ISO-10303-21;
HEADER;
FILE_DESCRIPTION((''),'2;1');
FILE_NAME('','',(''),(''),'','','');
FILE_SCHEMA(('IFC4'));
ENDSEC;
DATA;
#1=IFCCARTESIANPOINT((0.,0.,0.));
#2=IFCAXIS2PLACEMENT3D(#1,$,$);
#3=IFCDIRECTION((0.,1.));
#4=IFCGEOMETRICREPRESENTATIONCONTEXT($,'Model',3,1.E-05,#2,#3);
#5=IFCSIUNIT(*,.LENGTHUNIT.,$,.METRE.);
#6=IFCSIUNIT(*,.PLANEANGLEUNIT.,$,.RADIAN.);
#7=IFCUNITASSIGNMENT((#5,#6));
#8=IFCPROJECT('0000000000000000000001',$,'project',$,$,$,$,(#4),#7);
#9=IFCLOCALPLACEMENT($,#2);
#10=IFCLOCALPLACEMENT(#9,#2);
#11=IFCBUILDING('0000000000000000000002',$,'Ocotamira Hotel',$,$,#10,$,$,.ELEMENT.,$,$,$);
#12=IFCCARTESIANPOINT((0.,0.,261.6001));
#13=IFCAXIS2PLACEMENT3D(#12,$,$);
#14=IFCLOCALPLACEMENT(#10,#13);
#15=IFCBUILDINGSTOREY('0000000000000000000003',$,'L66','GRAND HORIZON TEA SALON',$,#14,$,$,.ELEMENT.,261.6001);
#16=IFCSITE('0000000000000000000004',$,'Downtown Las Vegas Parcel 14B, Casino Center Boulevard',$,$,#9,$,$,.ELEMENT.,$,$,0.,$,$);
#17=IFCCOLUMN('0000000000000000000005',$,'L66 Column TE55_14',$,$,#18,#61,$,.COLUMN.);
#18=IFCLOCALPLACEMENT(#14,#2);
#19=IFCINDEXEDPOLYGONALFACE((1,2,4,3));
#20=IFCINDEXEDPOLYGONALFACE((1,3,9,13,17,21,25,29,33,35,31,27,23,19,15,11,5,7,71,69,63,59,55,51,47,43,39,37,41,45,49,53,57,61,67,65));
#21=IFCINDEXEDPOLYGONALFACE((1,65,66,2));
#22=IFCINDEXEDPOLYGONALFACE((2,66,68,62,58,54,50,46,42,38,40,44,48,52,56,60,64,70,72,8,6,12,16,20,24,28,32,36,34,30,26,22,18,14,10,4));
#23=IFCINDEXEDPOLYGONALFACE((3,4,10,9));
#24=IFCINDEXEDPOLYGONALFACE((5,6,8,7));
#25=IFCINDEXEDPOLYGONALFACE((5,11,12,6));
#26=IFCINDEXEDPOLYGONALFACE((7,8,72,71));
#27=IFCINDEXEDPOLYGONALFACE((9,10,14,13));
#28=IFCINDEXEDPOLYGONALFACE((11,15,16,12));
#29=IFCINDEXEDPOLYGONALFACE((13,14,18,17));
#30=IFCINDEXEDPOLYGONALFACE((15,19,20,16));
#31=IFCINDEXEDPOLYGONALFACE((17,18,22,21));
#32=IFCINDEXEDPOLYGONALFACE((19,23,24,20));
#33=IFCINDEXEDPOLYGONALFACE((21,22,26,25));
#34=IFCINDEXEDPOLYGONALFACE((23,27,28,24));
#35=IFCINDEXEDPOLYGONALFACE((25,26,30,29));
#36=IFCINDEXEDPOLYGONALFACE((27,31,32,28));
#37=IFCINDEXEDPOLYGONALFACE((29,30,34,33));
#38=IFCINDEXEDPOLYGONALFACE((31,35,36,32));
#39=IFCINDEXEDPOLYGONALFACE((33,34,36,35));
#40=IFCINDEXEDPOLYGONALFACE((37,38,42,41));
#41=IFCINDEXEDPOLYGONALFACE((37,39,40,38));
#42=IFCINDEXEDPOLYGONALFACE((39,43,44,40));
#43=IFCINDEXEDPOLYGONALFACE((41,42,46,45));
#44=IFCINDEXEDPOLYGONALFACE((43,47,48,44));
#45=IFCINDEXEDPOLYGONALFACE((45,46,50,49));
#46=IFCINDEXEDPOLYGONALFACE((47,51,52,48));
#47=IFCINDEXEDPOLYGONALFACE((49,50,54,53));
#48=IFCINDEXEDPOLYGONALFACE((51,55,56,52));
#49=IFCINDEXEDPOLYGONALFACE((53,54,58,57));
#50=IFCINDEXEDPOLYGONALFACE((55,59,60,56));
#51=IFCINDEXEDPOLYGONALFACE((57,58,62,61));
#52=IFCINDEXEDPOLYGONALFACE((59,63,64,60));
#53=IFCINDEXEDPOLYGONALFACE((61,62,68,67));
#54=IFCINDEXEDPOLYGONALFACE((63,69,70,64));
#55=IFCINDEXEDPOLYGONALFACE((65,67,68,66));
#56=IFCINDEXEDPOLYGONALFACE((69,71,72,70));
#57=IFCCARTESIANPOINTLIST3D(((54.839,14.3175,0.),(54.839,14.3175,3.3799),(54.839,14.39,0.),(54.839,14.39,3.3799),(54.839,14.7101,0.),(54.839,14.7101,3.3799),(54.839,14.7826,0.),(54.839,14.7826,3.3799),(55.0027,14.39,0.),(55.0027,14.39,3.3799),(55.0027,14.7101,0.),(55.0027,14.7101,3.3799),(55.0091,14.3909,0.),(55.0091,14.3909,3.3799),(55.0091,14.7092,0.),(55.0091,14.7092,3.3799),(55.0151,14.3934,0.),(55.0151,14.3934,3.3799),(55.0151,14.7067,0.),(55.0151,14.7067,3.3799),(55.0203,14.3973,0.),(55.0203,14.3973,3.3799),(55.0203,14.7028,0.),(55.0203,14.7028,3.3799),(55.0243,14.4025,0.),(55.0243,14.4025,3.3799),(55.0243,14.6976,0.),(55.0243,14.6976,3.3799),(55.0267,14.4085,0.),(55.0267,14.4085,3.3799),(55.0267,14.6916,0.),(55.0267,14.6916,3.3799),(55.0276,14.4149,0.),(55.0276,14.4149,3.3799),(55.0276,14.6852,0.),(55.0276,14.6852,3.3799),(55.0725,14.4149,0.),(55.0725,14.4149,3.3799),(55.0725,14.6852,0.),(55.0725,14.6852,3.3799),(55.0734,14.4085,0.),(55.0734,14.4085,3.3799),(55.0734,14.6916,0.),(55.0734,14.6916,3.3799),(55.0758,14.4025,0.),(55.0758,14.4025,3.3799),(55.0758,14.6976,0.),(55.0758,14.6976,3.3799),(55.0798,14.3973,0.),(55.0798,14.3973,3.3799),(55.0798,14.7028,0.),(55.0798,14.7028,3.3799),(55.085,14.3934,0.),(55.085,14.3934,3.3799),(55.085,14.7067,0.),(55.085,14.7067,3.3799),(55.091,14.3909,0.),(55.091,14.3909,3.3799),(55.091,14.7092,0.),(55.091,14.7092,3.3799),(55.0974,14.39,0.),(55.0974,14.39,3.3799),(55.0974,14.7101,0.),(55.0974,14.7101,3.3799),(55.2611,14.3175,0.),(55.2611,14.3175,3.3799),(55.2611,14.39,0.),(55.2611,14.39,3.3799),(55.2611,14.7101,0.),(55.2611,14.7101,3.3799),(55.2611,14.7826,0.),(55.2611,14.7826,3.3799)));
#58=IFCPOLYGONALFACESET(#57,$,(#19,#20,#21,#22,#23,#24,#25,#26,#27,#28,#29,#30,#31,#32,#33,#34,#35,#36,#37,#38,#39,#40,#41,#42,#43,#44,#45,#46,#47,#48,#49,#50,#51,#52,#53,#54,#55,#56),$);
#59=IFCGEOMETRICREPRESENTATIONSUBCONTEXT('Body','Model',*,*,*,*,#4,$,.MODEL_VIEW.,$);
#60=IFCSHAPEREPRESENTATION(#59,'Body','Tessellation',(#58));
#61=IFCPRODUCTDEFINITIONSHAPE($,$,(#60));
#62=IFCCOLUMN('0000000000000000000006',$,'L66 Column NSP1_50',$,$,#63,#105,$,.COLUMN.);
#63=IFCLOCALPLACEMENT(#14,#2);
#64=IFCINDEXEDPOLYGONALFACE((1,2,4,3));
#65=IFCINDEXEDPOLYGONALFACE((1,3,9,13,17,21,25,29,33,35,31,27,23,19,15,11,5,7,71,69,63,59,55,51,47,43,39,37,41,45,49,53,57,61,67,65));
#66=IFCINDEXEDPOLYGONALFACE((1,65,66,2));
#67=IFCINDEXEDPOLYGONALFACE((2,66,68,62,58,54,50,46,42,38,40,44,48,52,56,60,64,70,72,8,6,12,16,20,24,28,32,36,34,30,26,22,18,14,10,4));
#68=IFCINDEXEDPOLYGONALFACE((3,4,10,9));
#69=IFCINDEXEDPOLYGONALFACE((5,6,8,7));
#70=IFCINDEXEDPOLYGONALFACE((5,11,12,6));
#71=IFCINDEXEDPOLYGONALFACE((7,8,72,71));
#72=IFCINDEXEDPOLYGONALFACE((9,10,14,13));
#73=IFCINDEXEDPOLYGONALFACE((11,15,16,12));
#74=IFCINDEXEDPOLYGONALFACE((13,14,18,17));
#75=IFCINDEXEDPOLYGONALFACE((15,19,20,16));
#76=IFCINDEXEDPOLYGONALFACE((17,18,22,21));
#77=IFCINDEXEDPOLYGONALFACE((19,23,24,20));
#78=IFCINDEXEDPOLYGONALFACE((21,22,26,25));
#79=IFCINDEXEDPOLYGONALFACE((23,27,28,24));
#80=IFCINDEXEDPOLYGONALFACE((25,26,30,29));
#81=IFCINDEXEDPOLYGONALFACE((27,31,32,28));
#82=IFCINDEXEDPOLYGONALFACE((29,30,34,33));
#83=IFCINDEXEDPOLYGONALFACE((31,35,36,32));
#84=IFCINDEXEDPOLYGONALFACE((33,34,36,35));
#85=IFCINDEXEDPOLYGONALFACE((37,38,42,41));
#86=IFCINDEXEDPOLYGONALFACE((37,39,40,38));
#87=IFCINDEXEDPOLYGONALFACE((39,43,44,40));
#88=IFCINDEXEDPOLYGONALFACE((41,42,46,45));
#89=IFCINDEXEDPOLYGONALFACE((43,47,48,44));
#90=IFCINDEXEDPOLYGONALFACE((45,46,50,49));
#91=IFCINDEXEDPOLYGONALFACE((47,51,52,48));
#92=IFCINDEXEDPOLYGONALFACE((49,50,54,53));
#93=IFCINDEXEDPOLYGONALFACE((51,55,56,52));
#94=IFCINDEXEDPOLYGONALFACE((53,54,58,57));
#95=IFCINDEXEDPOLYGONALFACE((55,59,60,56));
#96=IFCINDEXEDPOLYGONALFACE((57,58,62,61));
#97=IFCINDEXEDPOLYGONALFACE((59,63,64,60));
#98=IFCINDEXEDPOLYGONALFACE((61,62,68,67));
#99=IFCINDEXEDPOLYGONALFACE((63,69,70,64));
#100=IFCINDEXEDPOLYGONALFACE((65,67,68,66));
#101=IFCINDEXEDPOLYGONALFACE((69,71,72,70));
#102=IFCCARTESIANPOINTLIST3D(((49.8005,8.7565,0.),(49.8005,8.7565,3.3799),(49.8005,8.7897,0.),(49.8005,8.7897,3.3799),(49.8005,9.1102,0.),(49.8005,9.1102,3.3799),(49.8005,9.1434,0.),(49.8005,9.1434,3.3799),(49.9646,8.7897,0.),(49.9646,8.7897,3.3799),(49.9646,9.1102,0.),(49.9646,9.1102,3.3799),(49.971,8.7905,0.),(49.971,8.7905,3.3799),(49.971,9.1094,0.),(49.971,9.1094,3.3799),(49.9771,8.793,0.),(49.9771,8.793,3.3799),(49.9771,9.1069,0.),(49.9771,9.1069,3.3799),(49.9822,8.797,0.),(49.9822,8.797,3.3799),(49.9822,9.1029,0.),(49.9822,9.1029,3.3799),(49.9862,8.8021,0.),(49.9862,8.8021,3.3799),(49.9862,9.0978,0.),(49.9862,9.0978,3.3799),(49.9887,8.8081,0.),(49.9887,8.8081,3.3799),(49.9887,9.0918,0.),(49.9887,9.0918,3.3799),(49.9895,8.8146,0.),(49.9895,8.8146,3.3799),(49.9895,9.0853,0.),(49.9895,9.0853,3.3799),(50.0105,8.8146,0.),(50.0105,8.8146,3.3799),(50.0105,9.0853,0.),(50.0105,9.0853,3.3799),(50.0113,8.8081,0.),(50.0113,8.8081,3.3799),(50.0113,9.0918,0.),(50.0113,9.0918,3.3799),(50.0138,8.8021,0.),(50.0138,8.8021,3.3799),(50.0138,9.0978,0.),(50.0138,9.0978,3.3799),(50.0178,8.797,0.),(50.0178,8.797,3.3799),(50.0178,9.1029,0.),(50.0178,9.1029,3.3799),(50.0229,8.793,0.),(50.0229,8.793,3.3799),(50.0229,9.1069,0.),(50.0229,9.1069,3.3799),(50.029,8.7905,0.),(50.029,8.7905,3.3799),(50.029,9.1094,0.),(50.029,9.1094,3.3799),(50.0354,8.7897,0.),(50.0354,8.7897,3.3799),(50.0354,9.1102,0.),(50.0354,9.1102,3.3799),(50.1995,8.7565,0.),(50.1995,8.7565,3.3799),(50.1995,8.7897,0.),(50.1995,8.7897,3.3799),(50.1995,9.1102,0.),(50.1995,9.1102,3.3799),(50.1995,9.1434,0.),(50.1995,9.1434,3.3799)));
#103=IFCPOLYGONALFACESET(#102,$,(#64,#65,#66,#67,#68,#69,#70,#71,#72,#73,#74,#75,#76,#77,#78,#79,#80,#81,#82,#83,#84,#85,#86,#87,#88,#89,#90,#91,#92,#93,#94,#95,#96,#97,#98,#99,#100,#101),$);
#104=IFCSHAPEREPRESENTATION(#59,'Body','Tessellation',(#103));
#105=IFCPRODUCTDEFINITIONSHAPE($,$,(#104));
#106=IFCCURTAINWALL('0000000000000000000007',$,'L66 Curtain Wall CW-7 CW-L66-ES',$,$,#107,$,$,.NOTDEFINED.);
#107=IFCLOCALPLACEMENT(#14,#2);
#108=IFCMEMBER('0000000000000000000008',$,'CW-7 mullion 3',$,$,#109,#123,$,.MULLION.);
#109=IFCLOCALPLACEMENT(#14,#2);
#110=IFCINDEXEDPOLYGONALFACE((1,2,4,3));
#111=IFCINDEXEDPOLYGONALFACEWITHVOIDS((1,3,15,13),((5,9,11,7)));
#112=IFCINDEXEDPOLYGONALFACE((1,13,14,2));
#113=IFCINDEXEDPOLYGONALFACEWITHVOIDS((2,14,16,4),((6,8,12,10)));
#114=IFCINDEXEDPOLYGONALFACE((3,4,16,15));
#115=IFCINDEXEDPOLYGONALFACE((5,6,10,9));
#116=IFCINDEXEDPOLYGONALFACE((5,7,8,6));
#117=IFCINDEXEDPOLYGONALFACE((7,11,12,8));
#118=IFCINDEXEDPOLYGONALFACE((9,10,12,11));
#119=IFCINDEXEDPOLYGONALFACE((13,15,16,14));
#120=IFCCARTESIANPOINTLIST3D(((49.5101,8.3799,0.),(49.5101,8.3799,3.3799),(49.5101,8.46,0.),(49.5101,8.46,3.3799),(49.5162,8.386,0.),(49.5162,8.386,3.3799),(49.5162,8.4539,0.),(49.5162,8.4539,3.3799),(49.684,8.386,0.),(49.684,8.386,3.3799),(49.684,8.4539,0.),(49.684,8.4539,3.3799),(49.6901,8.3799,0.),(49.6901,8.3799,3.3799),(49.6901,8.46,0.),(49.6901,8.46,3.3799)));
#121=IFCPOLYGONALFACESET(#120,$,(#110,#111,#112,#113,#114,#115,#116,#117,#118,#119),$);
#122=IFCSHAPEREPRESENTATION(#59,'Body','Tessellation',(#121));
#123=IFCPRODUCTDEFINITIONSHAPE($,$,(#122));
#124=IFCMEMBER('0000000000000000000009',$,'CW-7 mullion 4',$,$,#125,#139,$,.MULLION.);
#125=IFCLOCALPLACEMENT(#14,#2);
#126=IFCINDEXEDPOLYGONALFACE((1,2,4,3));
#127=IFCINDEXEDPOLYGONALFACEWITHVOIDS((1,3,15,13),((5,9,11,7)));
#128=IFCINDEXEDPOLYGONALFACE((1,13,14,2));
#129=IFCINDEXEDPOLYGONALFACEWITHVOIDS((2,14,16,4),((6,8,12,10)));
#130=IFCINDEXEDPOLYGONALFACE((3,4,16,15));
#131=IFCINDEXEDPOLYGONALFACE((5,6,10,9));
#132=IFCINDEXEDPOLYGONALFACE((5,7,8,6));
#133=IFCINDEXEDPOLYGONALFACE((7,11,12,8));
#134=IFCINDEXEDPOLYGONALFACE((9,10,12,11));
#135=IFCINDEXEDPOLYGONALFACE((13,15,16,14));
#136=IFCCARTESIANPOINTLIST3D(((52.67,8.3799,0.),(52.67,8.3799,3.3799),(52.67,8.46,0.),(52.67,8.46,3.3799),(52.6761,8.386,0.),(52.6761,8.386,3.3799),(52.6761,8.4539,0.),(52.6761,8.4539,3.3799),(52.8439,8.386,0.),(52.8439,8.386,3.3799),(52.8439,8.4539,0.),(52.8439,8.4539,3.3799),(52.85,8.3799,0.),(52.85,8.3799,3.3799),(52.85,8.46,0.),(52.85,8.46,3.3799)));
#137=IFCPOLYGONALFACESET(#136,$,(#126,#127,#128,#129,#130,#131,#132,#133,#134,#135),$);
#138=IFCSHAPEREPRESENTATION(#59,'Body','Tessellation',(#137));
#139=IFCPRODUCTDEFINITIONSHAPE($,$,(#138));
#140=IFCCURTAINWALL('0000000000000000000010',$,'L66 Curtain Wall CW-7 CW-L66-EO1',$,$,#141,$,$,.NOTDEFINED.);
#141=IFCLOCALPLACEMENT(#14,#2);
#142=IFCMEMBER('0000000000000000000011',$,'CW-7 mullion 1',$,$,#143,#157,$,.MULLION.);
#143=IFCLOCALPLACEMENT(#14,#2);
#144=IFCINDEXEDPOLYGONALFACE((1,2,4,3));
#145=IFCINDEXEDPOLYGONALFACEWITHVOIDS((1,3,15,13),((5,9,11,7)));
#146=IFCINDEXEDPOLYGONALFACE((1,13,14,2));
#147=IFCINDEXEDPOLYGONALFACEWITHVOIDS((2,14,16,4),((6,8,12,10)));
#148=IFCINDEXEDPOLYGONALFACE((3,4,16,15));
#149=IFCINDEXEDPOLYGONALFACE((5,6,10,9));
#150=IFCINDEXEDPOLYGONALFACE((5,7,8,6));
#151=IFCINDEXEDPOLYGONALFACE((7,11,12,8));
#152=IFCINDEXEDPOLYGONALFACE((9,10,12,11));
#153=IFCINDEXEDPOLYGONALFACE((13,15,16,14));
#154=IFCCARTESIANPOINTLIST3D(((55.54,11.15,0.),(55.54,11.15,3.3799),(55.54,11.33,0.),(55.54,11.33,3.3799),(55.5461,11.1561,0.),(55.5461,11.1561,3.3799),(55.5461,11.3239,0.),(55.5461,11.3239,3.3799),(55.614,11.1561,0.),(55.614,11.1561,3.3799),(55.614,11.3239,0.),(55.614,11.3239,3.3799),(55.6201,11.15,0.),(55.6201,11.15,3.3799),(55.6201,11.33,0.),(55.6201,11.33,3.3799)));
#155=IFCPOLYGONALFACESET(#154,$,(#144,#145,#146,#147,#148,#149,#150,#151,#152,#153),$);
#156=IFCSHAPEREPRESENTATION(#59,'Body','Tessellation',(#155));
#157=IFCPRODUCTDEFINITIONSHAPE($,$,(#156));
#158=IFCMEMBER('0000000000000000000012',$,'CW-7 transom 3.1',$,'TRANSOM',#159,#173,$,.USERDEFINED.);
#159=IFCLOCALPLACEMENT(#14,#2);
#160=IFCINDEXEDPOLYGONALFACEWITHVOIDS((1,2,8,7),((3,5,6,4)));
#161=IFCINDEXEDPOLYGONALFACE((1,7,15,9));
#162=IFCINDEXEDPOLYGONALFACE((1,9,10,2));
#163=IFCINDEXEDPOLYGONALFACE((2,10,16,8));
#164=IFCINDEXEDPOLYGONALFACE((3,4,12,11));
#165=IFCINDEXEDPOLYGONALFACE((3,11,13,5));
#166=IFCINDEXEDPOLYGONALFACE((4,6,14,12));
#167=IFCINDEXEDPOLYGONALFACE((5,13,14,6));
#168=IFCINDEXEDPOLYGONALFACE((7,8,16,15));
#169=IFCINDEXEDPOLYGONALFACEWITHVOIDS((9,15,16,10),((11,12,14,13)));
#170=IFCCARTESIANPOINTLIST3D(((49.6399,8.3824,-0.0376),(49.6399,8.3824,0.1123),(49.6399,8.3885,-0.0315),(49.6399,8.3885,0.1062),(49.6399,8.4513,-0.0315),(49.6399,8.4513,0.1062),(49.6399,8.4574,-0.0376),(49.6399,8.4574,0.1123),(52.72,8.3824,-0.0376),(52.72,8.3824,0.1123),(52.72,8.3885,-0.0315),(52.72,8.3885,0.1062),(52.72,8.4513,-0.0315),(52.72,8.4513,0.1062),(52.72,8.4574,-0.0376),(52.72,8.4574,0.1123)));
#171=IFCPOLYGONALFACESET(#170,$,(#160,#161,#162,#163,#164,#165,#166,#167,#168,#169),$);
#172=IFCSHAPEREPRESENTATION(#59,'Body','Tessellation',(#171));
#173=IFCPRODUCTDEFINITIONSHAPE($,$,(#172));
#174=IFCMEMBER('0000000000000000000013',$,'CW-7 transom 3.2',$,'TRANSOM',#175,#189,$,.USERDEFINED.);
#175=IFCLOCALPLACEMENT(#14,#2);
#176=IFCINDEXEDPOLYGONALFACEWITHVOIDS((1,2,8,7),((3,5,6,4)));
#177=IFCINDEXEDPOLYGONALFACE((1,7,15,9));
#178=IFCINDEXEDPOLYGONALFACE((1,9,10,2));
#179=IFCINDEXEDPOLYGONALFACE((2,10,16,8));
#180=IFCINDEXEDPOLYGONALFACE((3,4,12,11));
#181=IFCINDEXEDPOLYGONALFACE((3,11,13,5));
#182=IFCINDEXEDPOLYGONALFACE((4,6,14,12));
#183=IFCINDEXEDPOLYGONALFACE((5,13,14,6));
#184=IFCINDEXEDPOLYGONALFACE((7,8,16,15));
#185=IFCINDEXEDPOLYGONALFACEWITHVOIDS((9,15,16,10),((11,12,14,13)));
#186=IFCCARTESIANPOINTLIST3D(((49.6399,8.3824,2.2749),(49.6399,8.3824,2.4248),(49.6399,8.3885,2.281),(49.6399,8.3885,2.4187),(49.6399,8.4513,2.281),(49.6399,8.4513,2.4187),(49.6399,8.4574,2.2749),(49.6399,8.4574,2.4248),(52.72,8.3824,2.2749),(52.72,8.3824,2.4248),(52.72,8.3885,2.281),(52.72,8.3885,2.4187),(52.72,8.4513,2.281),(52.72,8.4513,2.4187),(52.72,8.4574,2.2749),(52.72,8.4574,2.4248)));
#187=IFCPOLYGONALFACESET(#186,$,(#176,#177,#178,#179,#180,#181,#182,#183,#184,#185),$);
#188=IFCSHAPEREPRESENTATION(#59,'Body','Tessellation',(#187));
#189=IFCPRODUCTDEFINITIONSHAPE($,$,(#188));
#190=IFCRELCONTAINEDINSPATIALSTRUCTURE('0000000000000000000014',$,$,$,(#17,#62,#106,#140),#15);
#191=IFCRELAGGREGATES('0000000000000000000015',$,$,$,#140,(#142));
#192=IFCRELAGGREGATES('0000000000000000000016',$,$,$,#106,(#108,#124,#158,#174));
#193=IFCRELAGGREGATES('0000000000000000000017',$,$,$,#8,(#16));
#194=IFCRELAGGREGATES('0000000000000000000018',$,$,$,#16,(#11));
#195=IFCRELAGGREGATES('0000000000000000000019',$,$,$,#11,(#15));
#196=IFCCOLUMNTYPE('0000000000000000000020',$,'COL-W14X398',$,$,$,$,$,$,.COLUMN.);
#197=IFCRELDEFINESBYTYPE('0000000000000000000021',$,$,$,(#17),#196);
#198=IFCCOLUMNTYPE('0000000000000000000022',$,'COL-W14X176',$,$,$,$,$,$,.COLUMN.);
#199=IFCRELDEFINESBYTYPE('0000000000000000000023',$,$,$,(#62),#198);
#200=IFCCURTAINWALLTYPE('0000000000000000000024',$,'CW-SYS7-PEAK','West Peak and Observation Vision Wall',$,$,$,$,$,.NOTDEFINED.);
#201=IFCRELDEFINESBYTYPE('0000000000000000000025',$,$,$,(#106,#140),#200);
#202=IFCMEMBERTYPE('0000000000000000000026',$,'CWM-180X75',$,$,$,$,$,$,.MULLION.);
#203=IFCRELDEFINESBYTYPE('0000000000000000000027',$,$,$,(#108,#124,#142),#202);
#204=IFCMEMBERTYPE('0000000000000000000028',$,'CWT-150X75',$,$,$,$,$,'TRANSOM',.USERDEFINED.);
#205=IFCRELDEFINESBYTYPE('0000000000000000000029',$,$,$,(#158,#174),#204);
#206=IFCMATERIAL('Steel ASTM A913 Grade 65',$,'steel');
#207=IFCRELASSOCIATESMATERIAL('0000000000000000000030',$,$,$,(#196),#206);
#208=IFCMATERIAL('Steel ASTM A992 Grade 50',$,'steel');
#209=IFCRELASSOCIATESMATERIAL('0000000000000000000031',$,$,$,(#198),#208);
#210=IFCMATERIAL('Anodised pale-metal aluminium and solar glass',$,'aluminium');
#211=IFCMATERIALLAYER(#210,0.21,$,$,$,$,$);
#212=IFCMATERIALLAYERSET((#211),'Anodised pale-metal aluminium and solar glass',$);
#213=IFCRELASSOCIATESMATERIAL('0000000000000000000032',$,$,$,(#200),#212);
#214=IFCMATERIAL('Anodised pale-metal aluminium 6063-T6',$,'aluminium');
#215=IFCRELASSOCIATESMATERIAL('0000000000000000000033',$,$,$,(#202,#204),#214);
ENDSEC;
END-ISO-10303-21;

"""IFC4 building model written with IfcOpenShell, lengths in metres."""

from ifc_helpers import new_model, si_unit, direction, frame, origin, origin_2d, place, context, subcontext, project, spatial, hollow_rectangle, i_section, extrude, source, transform, mapped, material, layer, layer_set, material_profile, profile_set, type_object, element, aggregate, save


model = new_model("IFC4")

# Units and contexts
model_context = context("Model", 3, precision=1e-05, world=origin(), true_north=direction((0.0, 1.0)))
body_context = subcontext(model_context, "Body", "Model", "MODEL_VIEW")
ifc_project = project(units=[si_unit("LENGTHUNIT", "METRE"), si_unit("PLANEANGLEUNIT", "RADIAN")], contexts=[model_context])

# Site, building, storey
site_placement = place(None, origin())
site = spatial("IfcSite", under=ifc_project, at=site_placement, Name="Downtown Las Vegas Parcel 14B, Casino Center Boulevard", CompositionType="ELEMENT", RefElevation=0.0)
building_placement = place(site_placement, origin())
building = spatial("IfcBuilding", under=site, at=building_placement, Name="Ocotamira Hotel", CompositionType="ELEMENT")
storey_placement = place(building_placement, frame((0.0, 0.0, 261.6001)))
storey = spatial("IfcBuildingStorey", under=building, at=storey_placement, Name="L66", Description="GRAND HORIZON TEA SALON", CompositionType="ELEMENT", Elevation=261.6001)

# Columns
ifc_material_1 = material(Name="Steel ASTM A913 Grade 65", Category="steel")
ifc_material_profile_1 = material_profile(ifc_material_1, i_section(OverallWidth=0.4221, OverallDepth=0.4651, WebThickness=0.0449, FlangeThickness=0.0725, FilletRadius=0.0249, at=origin_2d()), Name="W14X398")
ifc_profile_set_1 = profile_set([ifc_material_profile_1], Name="Steel ASTM A913 Grade 65")
column_type_1 = type_object("IfcColumnType", Name="COL-W14X398", PredefinedType="COLUMN", material=ifc_profile_set_1)
shared_shape_1 = source(origin(), body_context, "Body", "SweptSolid", [
    extrude(i_section(OverallWidth=0.4221, OverallDepth=0.4651, WebThickness=0.0449, FlangeThickness=0.0725, FilletRadius=0.0249, at=origin_2d()), origin(), (0.0, 0.0, 1.0), 3.3799),
])
column_1_placement = place(storey_placement, frame((55.05, 14.55, 0.0), z_axis=(0.0, 0.0, 1.0), x_axis=(1.0, 0.0, 0.0)))
element("IfcColumn", 1, at=column_1_placement, inside=storey, type_object=column_type_1, Name="L66 Column TE55_14", PredefinedType="COLUMN", context=body_context, shape_type="MappedRepresentation", body=[
    mapped(shared_shape_1, transform((0.0, 0.0, 0.0), scale=1.0)),
])
ifc_material_2 = material(Name="Steel ASTM A992 Grade 50", Category="steel")
ifc_material_profile_2 = material_profile(ifc_material_2, i_section(OverallWidth=0.3989, OverallDepth=0.387, WebThickness=0.021, FlangeThickness=0.0332, FilletRadius=0.0249, at=origin_2d()), Name="W14X176")
ifc_profile_set_2 = profile_set([ifc_material_profile_2], Name="Steel ASTM A992 Grade 50")
column_type_2 = type_object("IfcColumnType", Name="COL-W14X176", PredefinedType="COLUMN", material=ifc_profile_set_2)
shared_shape_2 = source(origin(), body_context, "Body", "SweptSolid", [
    extrude(i_section(OverallWidth=0.3989, OverallDepth=0.387, WebThickness=0.021, FlangeThickness=0.0332, FilletRadius=0.0249, at=origin_2d()), origin(), (0.0, 0.0, 1.0), 3.3799),
])
column_2_placement = place(storey_placement, frame((50.0, 8.95, 0.0), z_axis=(0.0, 0.0, 1.0), x_axis=(1.0, 0.0, 0.0)))
element("IfcColumn", 2, at=column_2_placement, inside=storey, type_object=column_type_2, Name="L66 Column NSP1_50", PredefinedType="COLUMN", context=body_context, shape_type="MappedRepresentation", body=[
    mapped(shared_shape_2, transform((0.0, 0.0, 0.0), scale=1.0)),
])

# Curtain wall, members
ifc_material_3 = material(Name="Anodised pale-metal aluminium and solar glass", Category="aluminium")
ifc_layer_1 = layer(ifc_material_3, 0.21)
ifc_layer_set_1 = layer_set([ifc_layer_1], Name="Anodised pale-metal aluminium and solar glass")
curtain_wall_type = type_object("IfcCurtainWallType", Name="CW-SYS7-PEAK", Description="West Peak and Observation Vision Wall", PredefinedType="NOTDEFINED", material=ifc_layer_set_1)
curtain_wall_1_placement = place(storey_placement, origin())
curtain_wall_1 = element("IfcCurtainWall", 3, at=curtain_wall_1_placement, inside=storey, type_object=curtain_wall_type, Name="L66 Curtain Wall CW-7 CW-L66-ES", PredefinedType="NOTDEFINED")
ifc_material_4 = material(Name="Anodised pale-metal aluminium 6063-T6", Category="aluminium")
ifc_material_profile_3 = material_profile(ifc_material_4, hollow_rectangle(XDim=0.0801, YDim=0.1799, WallThickness=0.0061, at=origin_2d()), Name="HSS180X80X6")
ifc_profile_set_3 = profile_set([ifc_material_profile_3], Name="Anodised pale-metal aluminium 6063-T6")
member_type_1 = type_object("IfcMemberType", Name="CWM-180X75", PredefinedType="MULLION", material=ifc_profile_set_3)
shared_shape_3 = source(origin(), body_context, "Body", "SweptSolid", [
    extrude(hollow_rectangle(XDim=0.0801, YDim=0.1799, WallThickness=0.0061, at=origin_2d()), origin(), (0.0, 0.0, 1.0), 3.3799),
])
member_1_placement = place(storey_placement, frame((49.6001, 8.4199, 0.0), z_axis=(0.0, 0.0, 1.0), x_axis=(0.0, 1.0, 0.0)))
member_1 = element("IfcMember", 4, at=member_1_placement, type_object=member_type_1, Name="CW-7 mullion 3", PredefinedType="MULLION", context=body_context, shape_type="MappedRepresentation", body=[
    mapped(shared_shape_3, transform((0.0, 0.0, 0.0), scale=1.0)),
])
member_2_placement = place(storey_placement, frame((52.76, 8.4199, 0.0), z_axis=(0.0, 0.0, 1.0), x_axis=(0.0, 1.0, 0.0)))
member_2 = element("IfcMember", 5, at=member_2_placement, type_object=member_type_1, Name="CW-7 mullion 4", PredefinedType="MULLION", context=body_context, shape_type="MappedRepresentation", body=[
    mapped(shared_shape_3, transform((0.0, 0.0, 0.0), scale=1.0)),
])

# Curtain wall, member
curtain_wall_2_placement = place(storey_placement, origin())
curtain_wall_2 = element("IfcCurtainWall", 6, at=curtain_wall_2_placement, inside=storey, type_object=curtain_wall_type, Name="L66 Curtain Wall CW-7 CW-L66-EO1", PredefinedType="NOTDEFINED")
member_3_placement = place(storey_placement, frame((55.5801, 11.24, 0.0), z_axis=(0.0, 0.0, 1.0), x_axis=(-1.0, 0.0, 0.0)))
member_3 = element("IfcMember", 7, at=member_3_placement, type_object=member_type_1, Name="CW-7 mullion 1", PredefinedType="MULLION", context=body_context, shape_type="MappedRepresentation", body=[
    mapped(shared_shape_3, transform((0.0, 0.0, 0.0), scale=1.0)),
])

# Members
ifc_material_profile_4 = material_profile(ifc_material_4, hollow_rectangle(XDim=0.075, YDim=0.1499, WallThickness=0.0061, at=origin_2d()), Name="HSS150X75X6")
ifc_profile_set_4 = profile_set([ifc_material_profile_4], Name="Anodised pale-metal aluminium 6063-T6")
member_type_2 = type_object("IfcMemberType", Name="CWT-150X75", ElementType="TRANSOM", PredefinedType="USERDEFINED", material=ifc_profile_set_4)
shared_shape_4 = source(origin(), body_context, "Body", "SweptSolid", [
    extrude(hollow_rectangle(XDim=0.075, YDim=0.1499, WallThickness=0.0061, at=origin_2d()), origin(), (0.0, 0.0, 1.0), 3.0801),
])
member_4_placement = place(storey_placement, frame((49.6399, 8.4199, 0.0374), z_axis=(1.0, 0.0, 0.0), x_axis=(0.0, 1.0, 0.0)))
member_4 = element("IfcMember", 8, at=member_4_placement, type_object=member_type_2, Name="CW-7 transom 3.1", ObjectType="TRANSOM", PredefinedType="USERDEFINED", context=body_context, shape_type="MappedRepresentation", body=[
    mapped(shared_shape_4, transform((0.0, 0.0, 0.0), scale=1.0)),
])
member_5_placement = place(storey_placement, frame((49.6399, 8.4199, 2.3499), z_axis=(1.0, 0.0, 0.0), x_axis=(0.0, 1.0, 0.0)))
member_5 = element("IfcMember", 9, at=member_5_placement, type_object=member_type_2, Name="CW-7 transom 3.2", ObjectType="TRANSOM", PredefinedType="USERDEFINED", context=body_context, shape_type="MappedRepresentation", body=[
    mapped(shared_shape_4, transform((0.0, 0.0, 0.0), scale=1.0)),
])
aggregate(curtain_wall_2, [member_3])

aggregate(curtain_wall_1, [member_1, member_2, member_4, member_5])

save(model, "model.ifc")
